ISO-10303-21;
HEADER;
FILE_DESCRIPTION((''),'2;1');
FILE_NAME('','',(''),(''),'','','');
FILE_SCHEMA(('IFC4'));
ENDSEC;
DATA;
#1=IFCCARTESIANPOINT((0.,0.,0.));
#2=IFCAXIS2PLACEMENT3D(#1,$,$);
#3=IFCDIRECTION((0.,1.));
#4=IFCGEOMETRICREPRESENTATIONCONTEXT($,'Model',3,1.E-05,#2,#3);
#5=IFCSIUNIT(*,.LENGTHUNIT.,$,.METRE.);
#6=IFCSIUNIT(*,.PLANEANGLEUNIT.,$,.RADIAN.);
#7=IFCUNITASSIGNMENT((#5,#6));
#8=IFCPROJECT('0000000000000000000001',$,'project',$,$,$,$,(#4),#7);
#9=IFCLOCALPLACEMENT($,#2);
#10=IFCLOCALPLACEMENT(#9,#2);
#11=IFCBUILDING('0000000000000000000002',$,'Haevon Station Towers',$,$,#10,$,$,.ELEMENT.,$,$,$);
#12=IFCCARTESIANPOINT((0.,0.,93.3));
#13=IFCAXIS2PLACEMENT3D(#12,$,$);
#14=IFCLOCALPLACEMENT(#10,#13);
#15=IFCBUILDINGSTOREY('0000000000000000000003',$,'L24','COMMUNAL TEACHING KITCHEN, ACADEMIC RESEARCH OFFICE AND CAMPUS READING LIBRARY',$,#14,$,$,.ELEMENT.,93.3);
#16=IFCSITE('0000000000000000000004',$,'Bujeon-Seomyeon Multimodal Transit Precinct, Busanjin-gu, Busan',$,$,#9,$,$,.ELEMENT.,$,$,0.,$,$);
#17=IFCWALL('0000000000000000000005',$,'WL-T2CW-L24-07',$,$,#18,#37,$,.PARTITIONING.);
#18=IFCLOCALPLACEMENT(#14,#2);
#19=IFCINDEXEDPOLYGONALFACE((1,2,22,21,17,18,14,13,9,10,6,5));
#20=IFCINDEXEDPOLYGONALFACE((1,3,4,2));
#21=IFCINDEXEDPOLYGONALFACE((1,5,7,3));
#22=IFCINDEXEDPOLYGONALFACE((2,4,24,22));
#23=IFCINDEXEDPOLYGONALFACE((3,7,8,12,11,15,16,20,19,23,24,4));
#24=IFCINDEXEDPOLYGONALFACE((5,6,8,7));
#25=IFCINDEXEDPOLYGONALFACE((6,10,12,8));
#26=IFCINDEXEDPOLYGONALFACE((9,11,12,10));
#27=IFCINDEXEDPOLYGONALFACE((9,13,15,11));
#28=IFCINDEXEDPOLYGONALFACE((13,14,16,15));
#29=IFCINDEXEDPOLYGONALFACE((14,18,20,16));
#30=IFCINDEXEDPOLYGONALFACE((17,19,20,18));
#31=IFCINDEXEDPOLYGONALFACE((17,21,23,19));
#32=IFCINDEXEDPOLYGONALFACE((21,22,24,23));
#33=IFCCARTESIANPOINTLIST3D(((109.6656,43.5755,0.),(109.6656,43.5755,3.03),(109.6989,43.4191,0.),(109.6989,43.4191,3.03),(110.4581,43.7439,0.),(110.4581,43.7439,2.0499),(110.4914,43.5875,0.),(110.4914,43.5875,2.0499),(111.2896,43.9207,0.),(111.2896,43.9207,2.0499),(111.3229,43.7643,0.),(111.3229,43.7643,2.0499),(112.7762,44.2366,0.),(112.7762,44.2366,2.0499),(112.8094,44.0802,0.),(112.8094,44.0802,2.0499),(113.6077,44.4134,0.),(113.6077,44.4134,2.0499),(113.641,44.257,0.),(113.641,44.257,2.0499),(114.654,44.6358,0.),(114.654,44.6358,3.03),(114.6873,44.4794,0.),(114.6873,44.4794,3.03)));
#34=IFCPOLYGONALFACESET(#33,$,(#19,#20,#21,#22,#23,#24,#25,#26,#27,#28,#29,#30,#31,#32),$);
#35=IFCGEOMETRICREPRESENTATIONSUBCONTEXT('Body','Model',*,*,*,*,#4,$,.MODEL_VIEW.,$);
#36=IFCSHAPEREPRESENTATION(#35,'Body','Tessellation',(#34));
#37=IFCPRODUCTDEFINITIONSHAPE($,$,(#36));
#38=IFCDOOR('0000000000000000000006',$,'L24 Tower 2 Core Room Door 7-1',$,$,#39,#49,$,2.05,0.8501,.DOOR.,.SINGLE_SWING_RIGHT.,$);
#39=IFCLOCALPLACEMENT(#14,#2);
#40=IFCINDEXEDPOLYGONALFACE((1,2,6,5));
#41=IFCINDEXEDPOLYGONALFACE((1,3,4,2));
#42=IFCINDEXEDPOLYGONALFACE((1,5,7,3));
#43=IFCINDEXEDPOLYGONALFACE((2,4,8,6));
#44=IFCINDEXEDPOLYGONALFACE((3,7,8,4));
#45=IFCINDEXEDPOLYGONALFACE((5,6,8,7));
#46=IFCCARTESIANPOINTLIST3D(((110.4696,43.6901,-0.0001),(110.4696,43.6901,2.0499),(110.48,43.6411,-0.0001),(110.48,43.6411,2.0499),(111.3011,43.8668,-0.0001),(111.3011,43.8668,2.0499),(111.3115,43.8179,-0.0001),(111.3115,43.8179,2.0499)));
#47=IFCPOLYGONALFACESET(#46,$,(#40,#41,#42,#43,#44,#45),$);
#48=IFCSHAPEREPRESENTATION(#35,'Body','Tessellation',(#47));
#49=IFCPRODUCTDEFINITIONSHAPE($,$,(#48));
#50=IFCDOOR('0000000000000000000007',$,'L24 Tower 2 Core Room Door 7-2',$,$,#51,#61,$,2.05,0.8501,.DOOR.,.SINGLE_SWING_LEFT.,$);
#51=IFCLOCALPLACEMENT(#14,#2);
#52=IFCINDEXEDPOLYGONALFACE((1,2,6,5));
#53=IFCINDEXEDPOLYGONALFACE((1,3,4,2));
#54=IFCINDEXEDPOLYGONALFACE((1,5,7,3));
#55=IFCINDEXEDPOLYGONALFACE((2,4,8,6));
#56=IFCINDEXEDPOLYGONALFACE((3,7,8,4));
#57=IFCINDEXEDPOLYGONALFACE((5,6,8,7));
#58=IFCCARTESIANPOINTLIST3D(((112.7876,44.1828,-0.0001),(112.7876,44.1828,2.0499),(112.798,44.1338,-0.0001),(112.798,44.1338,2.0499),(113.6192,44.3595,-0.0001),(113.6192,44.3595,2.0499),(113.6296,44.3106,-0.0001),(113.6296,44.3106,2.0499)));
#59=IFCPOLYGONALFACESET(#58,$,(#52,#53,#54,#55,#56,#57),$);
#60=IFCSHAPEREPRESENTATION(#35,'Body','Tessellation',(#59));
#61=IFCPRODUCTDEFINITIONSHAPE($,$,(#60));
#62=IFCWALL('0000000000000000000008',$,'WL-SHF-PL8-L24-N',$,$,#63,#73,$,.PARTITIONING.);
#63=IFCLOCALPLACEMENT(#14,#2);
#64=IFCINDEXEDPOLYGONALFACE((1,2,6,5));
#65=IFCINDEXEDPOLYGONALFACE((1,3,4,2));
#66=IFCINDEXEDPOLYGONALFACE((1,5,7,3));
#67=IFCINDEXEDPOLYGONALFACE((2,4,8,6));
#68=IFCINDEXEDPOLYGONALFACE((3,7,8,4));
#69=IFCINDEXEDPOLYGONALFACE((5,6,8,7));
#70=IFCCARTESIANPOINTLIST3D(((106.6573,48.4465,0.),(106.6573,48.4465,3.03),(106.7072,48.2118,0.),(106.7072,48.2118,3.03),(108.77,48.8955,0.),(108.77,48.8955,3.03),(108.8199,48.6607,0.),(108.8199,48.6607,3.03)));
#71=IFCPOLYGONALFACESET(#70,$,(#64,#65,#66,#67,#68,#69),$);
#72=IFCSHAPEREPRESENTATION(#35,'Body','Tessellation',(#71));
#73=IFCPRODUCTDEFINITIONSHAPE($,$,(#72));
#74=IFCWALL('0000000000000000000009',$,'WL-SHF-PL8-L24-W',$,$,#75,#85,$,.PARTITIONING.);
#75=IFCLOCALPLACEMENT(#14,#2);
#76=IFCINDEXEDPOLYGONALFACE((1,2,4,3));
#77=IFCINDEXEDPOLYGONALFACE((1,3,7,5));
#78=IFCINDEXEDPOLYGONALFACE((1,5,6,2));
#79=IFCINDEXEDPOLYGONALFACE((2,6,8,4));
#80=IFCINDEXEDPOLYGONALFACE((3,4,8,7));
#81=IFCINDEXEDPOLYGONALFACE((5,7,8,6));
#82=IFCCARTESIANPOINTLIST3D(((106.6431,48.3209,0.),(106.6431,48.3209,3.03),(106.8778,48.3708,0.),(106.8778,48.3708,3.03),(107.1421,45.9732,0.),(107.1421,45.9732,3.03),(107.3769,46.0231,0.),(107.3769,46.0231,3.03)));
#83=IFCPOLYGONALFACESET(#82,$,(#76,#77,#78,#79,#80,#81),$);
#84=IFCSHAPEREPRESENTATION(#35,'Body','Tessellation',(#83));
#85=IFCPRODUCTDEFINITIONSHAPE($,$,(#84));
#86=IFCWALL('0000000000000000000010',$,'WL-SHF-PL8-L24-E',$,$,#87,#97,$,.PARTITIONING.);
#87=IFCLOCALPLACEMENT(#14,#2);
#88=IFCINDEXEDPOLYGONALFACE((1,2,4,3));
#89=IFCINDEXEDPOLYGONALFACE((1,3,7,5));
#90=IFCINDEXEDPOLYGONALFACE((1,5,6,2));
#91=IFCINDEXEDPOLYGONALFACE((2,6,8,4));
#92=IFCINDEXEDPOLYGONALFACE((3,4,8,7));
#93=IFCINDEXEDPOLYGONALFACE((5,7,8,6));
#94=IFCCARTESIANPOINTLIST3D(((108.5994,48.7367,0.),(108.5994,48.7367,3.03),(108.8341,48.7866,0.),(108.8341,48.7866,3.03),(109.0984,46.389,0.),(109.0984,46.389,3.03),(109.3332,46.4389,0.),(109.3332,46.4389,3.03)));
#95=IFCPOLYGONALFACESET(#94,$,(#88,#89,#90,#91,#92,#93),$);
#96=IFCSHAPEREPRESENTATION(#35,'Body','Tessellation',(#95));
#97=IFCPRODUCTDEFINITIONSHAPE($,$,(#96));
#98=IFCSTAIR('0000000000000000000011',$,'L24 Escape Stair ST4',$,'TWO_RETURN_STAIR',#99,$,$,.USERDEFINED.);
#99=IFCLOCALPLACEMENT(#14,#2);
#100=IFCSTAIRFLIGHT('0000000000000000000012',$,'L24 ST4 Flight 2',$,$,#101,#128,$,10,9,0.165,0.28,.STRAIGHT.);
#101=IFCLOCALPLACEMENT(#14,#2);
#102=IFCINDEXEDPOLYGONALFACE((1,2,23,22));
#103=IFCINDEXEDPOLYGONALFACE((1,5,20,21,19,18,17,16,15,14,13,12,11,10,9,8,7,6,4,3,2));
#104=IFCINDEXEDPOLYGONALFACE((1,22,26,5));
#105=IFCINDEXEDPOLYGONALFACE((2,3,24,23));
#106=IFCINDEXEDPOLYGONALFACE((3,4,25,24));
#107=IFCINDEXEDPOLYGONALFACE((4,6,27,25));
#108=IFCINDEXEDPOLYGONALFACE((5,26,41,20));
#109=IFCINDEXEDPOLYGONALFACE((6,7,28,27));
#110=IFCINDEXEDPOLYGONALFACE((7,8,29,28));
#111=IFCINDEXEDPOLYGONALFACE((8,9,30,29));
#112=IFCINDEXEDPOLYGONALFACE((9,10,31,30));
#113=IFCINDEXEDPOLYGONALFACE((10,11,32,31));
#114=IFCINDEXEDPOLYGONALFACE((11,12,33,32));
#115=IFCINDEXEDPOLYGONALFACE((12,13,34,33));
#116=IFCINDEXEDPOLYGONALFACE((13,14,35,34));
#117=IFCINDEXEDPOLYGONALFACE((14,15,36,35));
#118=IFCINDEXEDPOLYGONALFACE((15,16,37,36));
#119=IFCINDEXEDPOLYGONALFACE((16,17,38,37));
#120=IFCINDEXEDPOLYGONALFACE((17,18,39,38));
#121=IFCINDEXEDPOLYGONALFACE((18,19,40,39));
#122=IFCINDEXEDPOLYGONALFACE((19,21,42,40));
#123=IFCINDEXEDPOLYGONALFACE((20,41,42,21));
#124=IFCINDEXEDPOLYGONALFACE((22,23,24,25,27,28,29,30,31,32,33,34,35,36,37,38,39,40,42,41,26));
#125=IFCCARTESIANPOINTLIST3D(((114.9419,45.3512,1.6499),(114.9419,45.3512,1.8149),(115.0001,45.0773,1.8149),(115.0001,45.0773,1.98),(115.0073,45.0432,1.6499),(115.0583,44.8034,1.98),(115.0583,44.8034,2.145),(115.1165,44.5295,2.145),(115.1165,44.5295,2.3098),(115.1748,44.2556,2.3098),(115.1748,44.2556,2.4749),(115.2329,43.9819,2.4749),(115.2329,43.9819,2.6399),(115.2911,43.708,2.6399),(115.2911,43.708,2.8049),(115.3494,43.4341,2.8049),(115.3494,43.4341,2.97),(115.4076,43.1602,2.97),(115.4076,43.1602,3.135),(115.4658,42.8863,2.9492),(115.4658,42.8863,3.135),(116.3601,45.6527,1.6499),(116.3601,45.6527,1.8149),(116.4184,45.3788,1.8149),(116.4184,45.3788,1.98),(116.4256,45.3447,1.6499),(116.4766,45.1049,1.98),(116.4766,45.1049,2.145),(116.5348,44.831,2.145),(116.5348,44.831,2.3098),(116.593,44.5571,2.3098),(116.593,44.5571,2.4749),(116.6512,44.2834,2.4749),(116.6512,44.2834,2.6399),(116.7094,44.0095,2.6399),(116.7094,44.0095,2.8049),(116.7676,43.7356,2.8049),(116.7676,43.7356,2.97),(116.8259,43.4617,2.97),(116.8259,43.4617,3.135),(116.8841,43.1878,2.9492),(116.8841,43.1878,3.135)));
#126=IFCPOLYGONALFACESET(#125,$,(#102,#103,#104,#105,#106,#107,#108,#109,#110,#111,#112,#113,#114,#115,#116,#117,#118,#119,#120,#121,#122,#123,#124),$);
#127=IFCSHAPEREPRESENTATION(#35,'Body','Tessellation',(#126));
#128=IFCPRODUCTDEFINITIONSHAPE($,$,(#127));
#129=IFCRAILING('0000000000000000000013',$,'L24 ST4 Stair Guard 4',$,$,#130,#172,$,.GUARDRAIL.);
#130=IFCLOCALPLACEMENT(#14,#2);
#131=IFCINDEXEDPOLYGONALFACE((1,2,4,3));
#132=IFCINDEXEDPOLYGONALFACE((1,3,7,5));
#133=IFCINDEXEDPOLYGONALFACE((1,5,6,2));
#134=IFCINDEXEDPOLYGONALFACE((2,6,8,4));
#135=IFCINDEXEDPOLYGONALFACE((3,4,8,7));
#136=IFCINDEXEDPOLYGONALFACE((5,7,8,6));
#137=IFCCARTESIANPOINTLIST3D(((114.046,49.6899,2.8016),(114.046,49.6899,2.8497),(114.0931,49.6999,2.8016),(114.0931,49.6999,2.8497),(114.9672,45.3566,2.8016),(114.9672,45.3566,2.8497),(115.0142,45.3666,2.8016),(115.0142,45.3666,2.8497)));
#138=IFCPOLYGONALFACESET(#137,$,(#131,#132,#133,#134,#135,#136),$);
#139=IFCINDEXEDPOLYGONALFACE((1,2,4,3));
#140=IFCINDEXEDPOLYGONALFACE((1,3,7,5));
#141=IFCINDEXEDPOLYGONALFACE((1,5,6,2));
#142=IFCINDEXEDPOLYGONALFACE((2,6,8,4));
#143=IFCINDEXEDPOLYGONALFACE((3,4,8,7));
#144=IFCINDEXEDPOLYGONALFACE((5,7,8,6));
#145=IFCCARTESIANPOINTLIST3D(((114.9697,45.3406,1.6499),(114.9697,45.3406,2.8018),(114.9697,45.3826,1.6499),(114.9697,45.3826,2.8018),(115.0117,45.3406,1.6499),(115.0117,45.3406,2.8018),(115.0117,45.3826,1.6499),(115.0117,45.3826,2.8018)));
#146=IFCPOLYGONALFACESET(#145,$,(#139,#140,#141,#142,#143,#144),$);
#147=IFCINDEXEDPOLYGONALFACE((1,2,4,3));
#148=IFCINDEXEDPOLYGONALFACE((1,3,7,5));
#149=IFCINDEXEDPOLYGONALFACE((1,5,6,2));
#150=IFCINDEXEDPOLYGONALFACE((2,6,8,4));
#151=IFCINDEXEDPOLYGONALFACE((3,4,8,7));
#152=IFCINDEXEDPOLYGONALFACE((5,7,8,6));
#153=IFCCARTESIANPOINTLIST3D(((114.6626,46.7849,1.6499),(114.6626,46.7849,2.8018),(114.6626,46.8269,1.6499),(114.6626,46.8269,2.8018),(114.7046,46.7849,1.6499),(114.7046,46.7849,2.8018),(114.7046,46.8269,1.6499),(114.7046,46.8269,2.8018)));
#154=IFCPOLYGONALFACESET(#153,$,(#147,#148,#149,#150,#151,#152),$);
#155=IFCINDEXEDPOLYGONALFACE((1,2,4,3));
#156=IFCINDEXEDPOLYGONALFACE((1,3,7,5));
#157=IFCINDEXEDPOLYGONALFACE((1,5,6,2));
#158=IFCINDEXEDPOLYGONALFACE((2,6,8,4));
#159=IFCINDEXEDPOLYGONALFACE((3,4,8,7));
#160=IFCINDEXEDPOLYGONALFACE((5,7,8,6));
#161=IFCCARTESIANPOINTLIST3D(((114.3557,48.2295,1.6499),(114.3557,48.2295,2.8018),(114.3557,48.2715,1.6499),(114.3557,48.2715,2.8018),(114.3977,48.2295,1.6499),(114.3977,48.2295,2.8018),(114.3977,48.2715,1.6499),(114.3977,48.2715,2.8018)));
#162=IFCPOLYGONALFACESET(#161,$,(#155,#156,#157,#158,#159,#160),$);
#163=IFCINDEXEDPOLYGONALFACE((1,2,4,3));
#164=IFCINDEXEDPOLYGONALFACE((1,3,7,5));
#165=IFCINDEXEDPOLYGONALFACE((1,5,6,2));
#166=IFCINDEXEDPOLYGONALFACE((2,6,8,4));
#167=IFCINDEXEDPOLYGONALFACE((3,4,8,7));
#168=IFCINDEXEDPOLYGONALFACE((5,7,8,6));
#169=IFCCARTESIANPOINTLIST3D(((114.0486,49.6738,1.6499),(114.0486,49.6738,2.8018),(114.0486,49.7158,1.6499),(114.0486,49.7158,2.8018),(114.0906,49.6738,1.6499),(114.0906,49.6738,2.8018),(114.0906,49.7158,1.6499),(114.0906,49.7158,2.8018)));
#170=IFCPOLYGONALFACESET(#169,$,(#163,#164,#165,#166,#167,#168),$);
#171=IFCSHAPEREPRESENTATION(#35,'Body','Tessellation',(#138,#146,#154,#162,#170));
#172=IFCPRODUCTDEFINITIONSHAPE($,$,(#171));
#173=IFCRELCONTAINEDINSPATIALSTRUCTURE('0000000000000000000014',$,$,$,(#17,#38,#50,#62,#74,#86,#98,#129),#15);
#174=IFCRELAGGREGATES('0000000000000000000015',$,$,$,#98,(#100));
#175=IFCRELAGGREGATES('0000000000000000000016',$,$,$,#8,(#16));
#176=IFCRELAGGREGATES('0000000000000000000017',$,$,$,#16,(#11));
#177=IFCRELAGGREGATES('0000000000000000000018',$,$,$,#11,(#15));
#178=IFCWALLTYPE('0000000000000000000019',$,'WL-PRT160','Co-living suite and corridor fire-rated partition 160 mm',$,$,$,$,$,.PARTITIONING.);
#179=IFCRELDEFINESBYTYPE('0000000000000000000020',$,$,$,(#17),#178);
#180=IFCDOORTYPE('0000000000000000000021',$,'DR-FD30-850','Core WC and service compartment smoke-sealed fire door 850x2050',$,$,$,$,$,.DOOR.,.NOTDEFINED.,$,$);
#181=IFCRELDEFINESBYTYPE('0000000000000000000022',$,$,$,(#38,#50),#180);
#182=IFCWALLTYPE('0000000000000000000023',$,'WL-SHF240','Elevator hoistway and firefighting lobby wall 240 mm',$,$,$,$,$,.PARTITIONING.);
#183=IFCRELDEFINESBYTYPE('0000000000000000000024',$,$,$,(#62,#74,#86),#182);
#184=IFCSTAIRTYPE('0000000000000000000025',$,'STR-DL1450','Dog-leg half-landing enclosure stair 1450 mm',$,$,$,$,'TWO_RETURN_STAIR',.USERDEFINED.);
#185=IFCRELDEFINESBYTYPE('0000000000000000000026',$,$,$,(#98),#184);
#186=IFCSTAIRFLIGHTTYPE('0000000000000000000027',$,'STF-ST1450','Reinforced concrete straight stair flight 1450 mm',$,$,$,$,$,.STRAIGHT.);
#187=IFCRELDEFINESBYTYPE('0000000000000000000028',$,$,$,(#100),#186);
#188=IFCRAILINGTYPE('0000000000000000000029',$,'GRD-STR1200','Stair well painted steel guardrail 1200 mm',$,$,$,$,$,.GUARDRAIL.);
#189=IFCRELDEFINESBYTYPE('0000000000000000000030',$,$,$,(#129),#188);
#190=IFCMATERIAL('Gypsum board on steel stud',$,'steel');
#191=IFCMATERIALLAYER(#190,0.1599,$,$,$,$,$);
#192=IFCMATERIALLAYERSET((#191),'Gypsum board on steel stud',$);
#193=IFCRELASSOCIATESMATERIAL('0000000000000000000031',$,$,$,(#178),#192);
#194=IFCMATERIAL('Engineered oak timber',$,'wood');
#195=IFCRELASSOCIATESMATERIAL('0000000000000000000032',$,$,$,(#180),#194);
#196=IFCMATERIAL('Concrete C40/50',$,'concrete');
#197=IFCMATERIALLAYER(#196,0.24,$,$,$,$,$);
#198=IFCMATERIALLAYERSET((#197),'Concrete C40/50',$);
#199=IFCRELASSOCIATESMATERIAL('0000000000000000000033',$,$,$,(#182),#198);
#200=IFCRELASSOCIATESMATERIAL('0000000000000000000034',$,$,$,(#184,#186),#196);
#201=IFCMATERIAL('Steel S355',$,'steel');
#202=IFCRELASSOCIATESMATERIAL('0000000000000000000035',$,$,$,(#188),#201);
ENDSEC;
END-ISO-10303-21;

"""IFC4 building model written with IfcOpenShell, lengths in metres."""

from ifc_helpers import new_model, si_unit, direction, frame, frame_2d, origin, origin_2d, place, context, subcontext, project, spatial, polyline, rectangle, outline, extrude, material, layer, layer_set, type_object, element, fill, aggregate, save


model = new_model("IFC4")

# Units and contexts
model_context = context("Model", 3, precision=1e-05, world=origin(), true_north=direction((0.0, 1.0)))
body_context = subcontext(model_context, "Body", "Model", "MODEL_VIEW")
ifc_project = project(units=[si_unit("LENGTHUNIT", "METRE"), si_unit("PLANEANGLEUNIT", "RADIAN")], contexts=[model_context])

# Site, building, storey
site_placement = place(None, origin())
site = spatial("IfcSite", under=ifc_project, at=site_placement, Name="Bujeon-Seomyeon Multimodal Transit Precinct, Busanjin-gu, Busan", CompositionType="ELEMENT", RefElevation=0.0)
building_placement = place(site_placement, origin())
building = spatial("IfcBuilding", under=site, at=building_placement, Name="Haevon Station Towers", CompositionType="ELEMENT")
storey_placement = place(building_placement, frame((0.0, 0.0, 93.3)))
storey = spatial("IfcBuildingStorey", under=building, at=storey_placement, Name="L24", Description="COMMUNAL TEACHING KITCHEN, ACADEMIC RESEARCH OFFICE AND CAMPUS READING LIBRARY", CompositionType="ELEMENT", Elevation=93.3)

# Shared definitions
ifc_material_1 = material(Name="Gypsum board on steel stud", Category="steel")
ifc_material_2 = material(Name="Engineered oak timber", Category="wood")

# Shared definitions
ifc_layer_1 = layer(ifc_material_1, 0.1599)
ifc_layer_set_1 = layer_set([ifc_layer_1], Name="Gypsum board on steel stud")
wall_type_1 = type_object("IfcWallType", Name="WL-PRT160", Description="Co-living suite and corridor fire-rated partition 160 mm", PredefinedType="PARTITIONING", material=ifc_layer_set_1)

# Wall, openings, doors
wall_1_placement = place(storey_placement, frame((109.6824, 43.4973, 0.0), z_axis=(0.0, 0.0, 1.0), x_axis=(0.978149, 0.207904, 0.0)))
wall_1 = element("IfcWall", 1, at=wall_1_placement, inside=storey, type_object=wall_type_1, Name="WL-T2CW-L24-07", PredefinedType="PARTITIONING", context=body_context, shape_type="SweptSolid", body=[
    extrude(rectangle(XDim=5.0999, YDim=0.1599, at=frame_2d((2.5498, 0.0))), origin(), (0.0, 0.0, 1.0), 3.03),
])
opening_1_placement = place(wall_1_placement, frame((0.8101, 0.0, 0.0)))
opening_1 = element("IfcOpeningElement", 2, at=opening_1_placement, cuts=wall_1, PredefinedType="OPENING", context=body_context, shape_type="SweptSolid", body=[
    extrude(rectangle(XDim=0.8501, YDim=2.05, at=frame_2d((0.425, 1.0249))), frame((0.0, 0.0898, 0.0), z_axis=(0.0, -1.0, 0.0), x_axis=(1.0, 0.0, 0.0)), (0.0, 0.0, 1.0), 0.1799),
])
opening_2_placement = place(wall_1_placement, frame((3.1799, 0.0, 0.0)))
opening_2 = element("IfcOpeningElement", 3, at=opening_2_placement, cuts=wall_1, PredefinedType="OPENING", context=body_context, shape_type="SweptSolid", body=[
    extrude(rectangle(XDim=0.8501, YDim=2.05, at=frame_2d((0.425, 1.0249))), frame((0.0, 0.0898, 0.0), z_axis=(0.0, -1.0, 0.0), x_axis=(1.0, 0.0, 0.0)), (0.0, 0.0, 1.0), 0.1799),
])
door_type_1 = type_object("IfcDoorType", Name="DR-FD30-850", Description="Core WC and service compartment smoke-sealed fire door 850x2050", OperationType="NOTDEFINED", PredefinedType="DOOR", material=ifc_material_2)
door_1_placement = place(opening_1_placement, origin())
door_1 = element("IfcDoor", 4, at=door_1_placement, inside=storey, type_object=door_type_1, Name="L24 Tower 2 Core Room Door 7-1", OperationType="SINGLE_SWING_RIGHT", OverallHeight=2.05, OverallWidth=0.8501, PredefinedType="DOOR", context=body_context, shape_type="SweptSolid", body=[
    extrude(rectangle(XDim=0.8501, YDim=2.05, at=frame_2d((0.425, 1.0249))), frame((0.0, 0.0249, 0.0), z_axis=(0.0, -1.0, 0.0), x_axis=(1.0, 0.0, 0.0)), (0.0, 0.0, 1.0), 0.05),
])
fill(opening_1, door_1)
door_2_placement = place(opening_2_placement, origin())
door_2 = element("IfcDoor", 5, at=door_2_placement, inside=storey, type_object=door_type_1, Name="L24 Tower 2 Core Room Door 7-2", OperationType="SINGLE_SWING_LEFT", OverallHeight=2.05, OverallWidth=0.8501, PredefinedType="DOOR", context=body_context, shape_type="SweptSolid", body=[
    extrude(rectangle(XDim=0.8501, YDim=2.05, at=frame_2d((0.425, 1.0249))), frame((0.0, 0.0249, 0.0), z_axis=(0.0, -1.0, 0.0), x_axis=(1.0, 0.0, 0.0)), (0.0, 0.0, 1.0), 0.05),
])
fill(opening_2, door_2)

# Shared definitions
ifc_material_3 = material(Name="Concrete C40/50", Category="concrete")
ifc_layer_2 = layer(ifc_material_3, 0.24)
ifc_layer_set_2 = layer_set([ifc_layer_2], Name="Concrete C40/50")
wall_type_2 = type_object("IfcWallType", Name="WL-SHF240", Description="Elevator hoistway and firefighting lobby wall 240 mm", PredefinedType="PARTITIONING", material=ifc_layer_set_2)

# Walls
wall_2_placement = place(storey_placement, frame((106.6821, 48.3291, 0.0), z_axis=(0.0, 0.0, 1.0), x_axis=(0.978158, 0.207861, 0.0)))
element("IfcWall", 6, at=wall_2_placement, inside=storey, type_object=wall_type_2, Name="WL-SHF-PL8-L24-N", PredefinedType="PARTITIONING", context=body_context, shape_type="SweptSolid", body=[
    extrude(rectangle(XDim=2.1599, YDim=0.24, at=frame_2d((1.0801, 0.0))), origin(), (0.0, 0.0, 1.0), 3.03),
])
for number, where, z_axis, x_axis, name in (
    (7, (107.2595, 45.998, 0.0), (0.0, 0.0, 1.0), (-0.207917, 0.978146, 0.0), "WL-SHF-PL8-L24-W"),
    (8, (109.2158, 46.4138, 0.0), (0.0, 0.0, 1.0), (-0.207917, 0.978146, 0.0), "WL-SHF-PL8-L24-E"),
):
    element("IfcWall", number, at=place(storey_placement, frame(where, z_axis=z_axis, x_axis=x_axis)), inside=storey, type_object=wall_type_2, Name=name, PredefinedType="PARTITIONING", context=body_context, shape_type="SweptSolid", body=[
        extrude(rectangle(XDim=2.4001, YDim=0.24, at=frame_2d((1.2002, 0.0))), origin(), (0.0, 0.0, 1.0), 3.03),
    ])

# Stair, stair flight
stair_type = type_object("IfcStairType", Name="STR-DL1450", Description="Dog-leg half-landing enclosure stair 1450 mm", ElementType="TWO_RETURN_STAIR", PredefinedType="USERDEFINED", material=ifc_material_3)
stair_placement = place(storey_placement, origin())
stair = element("IfcStair", 9, at=stair_placement, inside=storey, type_object=stair_type, Name="L24 Escape Stair ST4", ObjectType="TWO_RETURN_STAIR", PredefinedType="USERDEFINED")
stair_flight_type = type_object("IfcStairFlightType", Name="STF-ST1450", Description="Reinforced concrete straight stair flight 1450 mm", PredefinedType="STRAIGHT", material=ifc_material_3)
stair_flight_placement = place(storey_placement, frame((115.6509, 45.502, 1.6499), z_axis=(0.0, 0.0, 1.0), x_axis=(0.207912, -0.978148, 0.0)))
stair_flight = element("IfcStairFlight", 10, at=stair_flight_placement, type_object=stair_flight_type, Name="L24 ST4 Flight 2", NumberOfRisers=10, NumberOfTreads=9, PredefinedType="STRAIGHT", RiserHeight=0.165, TreadLength=0.28, context=body_context, shape_type="SweptSolid", body=[
    extrude(outline(polyline([(0.0, 0.0), (0.0, 0.165), (0.28, 0.165), (0.28, 0.3301), (0.5601, 0.3301), (0.5601, 0.4951), (0.8401, 0.4951), (0.8401, 0.6599), (1.1201, 0.6599), (1.1201, 0.825), (1.3999, 0.825), (1.3999, 0.99), (1.6799, 0.99), (1.6799, 1.155), (1.96, 1.155), (1.96, 1.3201), (2.24, 1.3201), (2.24, 1.4851), (2.52, 1.4851), (2.52, 1.6499), (2.52, 1.2993), (0.3149, 0.0), (0.0, 0.0)])), frame((0.0, 0.7251, 0.0), z_axis=(0.0, -1.0, 0.0), x_axis=(1.0, 0.0, 0.0)), (0.0, 0.0, 1.0), 1.45),
])
aggregate(stair, [stair_flight])

# Railing
ifc_material_4 = material(Name="Steel S355", Category="steel")
railing_type_1 = type_object("IfcRailingType", Name="GRD-STR1200", Description="Stair well painted steel guardrail 1200 mm", PredefinedType="GUARDRAIL", material=ifc_material_4)
railing_1_placement = place(storey_placement, frame((114.9907, 45.3616, 1.6499)))
element("IfcRailing", 11, at=railing_1_placement, inside=storey, type_object=railing_type_1, Name="L24 ST4 Stair Guard 4", PredefinedType="GUARDRAIL", context=body_context, shape_type="SweptSolid", body=[
    extrude(rectangle(XDim=0.0481, YDim=0.0481, at=origin_2d()), frame((0.0, 0.0, 1.1758), z_axis=(-0.207929, 0.978144, 0.0), x_axis=(-0.978144, -0.207929, 0.0)), (0.0, 0.0, 1.0), 4.4302),
    extrude(rectangle(XDim=0.042, YDim=0.042, at=origin_2d()), origin(), (0.0, 0.0, 1.0), 1.1519),
    extrude(rectangle(XDim=0.042, YDim=0.042, at=origin_2d()), frame((-0.3071, 1.4443, 0.0)), (0.0, 0.0, 1.0), 1.1519),
    extrude(rectangle(XDim=0.042, YDim=0.042, at=origin_2d()), frame((-0.614, 2.8889, 0.0)), (0.0, 0.0, 1.0), 1.1519),
    extrude(rectangle(XDim=0.042, YDim=0.042, at=origin_2d()), frame((-0.9211, 4.3333, 0.0)), (0.0, 0.0, 1.0), 1.1519),
])

save(model, "model.ifc")
